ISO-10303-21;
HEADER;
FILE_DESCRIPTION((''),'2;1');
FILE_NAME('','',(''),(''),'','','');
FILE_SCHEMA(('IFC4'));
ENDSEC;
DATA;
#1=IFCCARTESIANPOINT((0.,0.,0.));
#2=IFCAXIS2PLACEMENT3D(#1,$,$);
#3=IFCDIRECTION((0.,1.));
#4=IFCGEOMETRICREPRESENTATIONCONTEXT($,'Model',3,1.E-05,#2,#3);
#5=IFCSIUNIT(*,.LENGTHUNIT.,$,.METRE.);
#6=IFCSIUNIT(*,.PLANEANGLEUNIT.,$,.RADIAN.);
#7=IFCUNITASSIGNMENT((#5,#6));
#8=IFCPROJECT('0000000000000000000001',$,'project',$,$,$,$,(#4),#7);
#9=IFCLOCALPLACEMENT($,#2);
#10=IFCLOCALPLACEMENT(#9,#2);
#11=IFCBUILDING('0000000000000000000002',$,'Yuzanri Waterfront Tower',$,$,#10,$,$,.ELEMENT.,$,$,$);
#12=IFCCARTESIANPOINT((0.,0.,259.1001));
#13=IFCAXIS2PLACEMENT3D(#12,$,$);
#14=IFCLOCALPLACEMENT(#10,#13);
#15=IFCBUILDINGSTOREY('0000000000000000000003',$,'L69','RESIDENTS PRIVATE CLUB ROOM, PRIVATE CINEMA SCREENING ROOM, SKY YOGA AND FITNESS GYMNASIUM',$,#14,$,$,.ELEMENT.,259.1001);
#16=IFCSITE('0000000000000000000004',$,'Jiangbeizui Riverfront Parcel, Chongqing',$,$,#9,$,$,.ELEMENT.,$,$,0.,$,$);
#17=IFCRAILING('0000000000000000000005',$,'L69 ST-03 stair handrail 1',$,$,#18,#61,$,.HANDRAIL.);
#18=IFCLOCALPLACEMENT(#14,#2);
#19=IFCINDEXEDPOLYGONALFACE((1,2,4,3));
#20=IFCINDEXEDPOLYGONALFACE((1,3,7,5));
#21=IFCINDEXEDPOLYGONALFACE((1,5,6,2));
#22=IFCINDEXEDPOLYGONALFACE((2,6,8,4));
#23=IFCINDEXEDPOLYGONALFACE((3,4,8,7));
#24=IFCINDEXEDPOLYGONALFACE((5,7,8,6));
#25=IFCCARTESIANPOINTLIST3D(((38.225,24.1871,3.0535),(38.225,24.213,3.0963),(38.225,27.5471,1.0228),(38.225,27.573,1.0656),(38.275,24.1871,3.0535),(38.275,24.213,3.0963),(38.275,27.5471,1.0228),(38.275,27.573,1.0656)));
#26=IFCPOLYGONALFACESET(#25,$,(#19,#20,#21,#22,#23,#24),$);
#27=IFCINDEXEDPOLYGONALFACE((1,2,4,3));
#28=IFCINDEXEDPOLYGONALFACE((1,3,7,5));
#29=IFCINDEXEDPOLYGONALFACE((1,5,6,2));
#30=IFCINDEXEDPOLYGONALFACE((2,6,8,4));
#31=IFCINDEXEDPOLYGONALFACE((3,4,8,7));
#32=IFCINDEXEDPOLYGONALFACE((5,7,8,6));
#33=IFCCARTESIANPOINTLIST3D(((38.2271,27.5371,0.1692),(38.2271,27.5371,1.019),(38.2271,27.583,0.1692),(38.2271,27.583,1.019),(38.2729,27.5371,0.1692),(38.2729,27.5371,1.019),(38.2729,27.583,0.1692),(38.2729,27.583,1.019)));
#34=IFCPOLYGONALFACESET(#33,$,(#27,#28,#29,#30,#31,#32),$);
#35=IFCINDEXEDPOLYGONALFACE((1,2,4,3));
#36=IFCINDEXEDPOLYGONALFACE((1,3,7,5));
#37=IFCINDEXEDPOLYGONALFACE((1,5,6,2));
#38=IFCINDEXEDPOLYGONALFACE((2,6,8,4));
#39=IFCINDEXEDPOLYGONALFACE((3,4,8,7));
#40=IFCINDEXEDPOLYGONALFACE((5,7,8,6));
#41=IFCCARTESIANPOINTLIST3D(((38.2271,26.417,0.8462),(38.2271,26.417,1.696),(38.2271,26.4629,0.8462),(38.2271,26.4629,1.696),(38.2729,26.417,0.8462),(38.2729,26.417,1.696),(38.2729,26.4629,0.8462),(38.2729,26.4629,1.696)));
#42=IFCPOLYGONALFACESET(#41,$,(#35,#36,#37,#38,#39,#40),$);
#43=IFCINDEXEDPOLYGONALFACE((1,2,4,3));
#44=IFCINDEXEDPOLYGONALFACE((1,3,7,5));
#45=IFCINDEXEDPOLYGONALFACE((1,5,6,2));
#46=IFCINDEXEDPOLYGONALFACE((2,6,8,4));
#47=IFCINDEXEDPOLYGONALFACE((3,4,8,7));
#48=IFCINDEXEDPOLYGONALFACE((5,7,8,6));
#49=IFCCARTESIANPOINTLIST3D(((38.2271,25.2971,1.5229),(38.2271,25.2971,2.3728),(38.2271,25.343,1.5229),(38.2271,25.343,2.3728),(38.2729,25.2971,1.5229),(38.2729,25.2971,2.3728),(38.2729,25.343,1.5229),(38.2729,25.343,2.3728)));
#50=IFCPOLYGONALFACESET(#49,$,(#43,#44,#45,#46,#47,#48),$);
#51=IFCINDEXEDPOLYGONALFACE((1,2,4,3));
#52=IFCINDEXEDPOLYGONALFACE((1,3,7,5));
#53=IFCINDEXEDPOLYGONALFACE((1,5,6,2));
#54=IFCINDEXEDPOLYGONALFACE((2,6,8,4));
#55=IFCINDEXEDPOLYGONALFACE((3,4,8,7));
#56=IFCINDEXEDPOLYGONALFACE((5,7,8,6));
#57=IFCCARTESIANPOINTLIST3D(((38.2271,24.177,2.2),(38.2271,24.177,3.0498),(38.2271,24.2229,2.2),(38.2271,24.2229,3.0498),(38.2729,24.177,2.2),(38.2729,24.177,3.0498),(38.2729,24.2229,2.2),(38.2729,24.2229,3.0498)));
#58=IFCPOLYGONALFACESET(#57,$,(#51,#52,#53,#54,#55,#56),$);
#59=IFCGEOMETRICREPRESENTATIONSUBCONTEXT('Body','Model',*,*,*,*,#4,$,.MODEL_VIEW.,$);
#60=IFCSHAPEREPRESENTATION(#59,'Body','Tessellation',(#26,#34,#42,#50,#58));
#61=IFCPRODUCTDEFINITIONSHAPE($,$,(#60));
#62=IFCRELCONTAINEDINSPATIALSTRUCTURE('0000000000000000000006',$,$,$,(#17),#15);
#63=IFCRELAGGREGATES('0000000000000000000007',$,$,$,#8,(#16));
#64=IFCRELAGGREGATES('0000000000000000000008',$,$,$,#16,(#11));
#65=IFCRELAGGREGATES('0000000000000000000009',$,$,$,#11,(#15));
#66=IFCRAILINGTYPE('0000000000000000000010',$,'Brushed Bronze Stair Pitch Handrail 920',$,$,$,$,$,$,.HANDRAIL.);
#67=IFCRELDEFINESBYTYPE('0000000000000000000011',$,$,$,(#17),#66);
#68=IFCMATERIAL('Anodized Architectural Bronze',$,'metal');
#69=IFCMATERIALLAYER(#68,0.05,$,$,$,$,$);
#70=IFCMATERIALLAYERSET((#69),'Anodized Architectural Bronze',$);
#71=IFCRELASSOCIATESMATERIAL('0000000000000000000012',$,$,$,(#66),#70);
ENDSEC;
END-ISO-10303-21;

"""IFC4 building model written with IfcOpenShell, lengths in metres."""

from ifc_helpers import new_model, si_unit, direction, frame, origin, origin_2d, place, context, subcontext, project, spatial, rectangle, extrude, source, transform, mapped, material, layer, layer_set, type_object, element, save


model = new_model("IFC4")

# Units and contexts
model_context = context("Model", 3, precision=1e-05, world=origin(), true_north=direction((0.0, 1.0)))
body_context = subcontext(model_context, "Body", "Model", "MODEL_VIEW")
ifc_project = project(units=[si_unit("LENGTHUNIT", "METRE"), si_unit("PLANEANGLEUNIT", "RADIAN")], contexts=[model_context])

# Site, building, storey
site_placement = place(None, origin())
site = spatial("IfcSite", under=ifc_project, at=site_placement, Name="Jiangbeizui Riverfront Parcel, Chongqing", CompositionType="ELEMENT", RefElevation=0.0)
building_placement = place(site_placement, origin())
building = spatial("IfcBuilding", under=site, at=building_placement, Name="Yuzanri Waterfront Tower", CompositionType="ELEMENT")
storey_placement = place(building_placement, frame((0.0, 0.0, 259.1001)))
storey = spatial("IfcBuildingStorey", under=building, at=storey_placement, Name="L69", Description="RESIDENTS PRIVATE CLUB ROOM, PRIVATE CINEMA SCREENING ROOM, SKY YOGA AND FITNESS GYMNASIUM", CompositionType="ELEMENT", Elevation=259.1001)

# Railing
ifc_material_1 = material(Name="Anodized Architectural Bronze", Category="metal")
ifc_layer_1 = layer(ifc_material_1, 0.05)
ifc_layer_set_1 = layer_set([ifc_layer_1], Name="Anodized Architectural Bronze")
railing_type_1 = type_object("IfcRailingType", Name="Brushed Bronze Stair Pitch Handrail 920", PredefinedType="HANDRAIL", material=ifc_layer_set_1)
shared_shape_1 = source(origin(), body_context, "Body", "SweptSolid", [
    extrude(rectangle(XDim=0.05, YDim=0.05, at=origin_2d()), frame((0.0, 0.0, 0.875), z_axis=(0.0, -0.855837, 0.517246), x_axis=(1.0, 0.0, 0.0)), (0.0, 0.0, 1.0), 3.926),
    extrude(rectangle(XDim=0.0459, YDim=0.0459, at=origin_2d()), origin(), (0.0, 0.0, 1.0), 0.8499),
    extrude(rectangle(XDim=0.0459, YDim=0.0459, at=origin_2d()), frame((0.0, -1.1201, 0.677)), (0.0, 0.0, 1.0), 0.8499),
    extrude(rectangle(XDim=0.0459, YDim=0.0459, at=origin_2d()), frame((0.0, -2.24, 1.3538)), (0.0, 0.0, 1.0), 0.8499),
    extrude(rectangle(XDim=0.0459, YDim=0.0459, at=origin_2d()), frame((0.0, -3.3601, 2.0308)), (0.0, 0.0, 1.0), 0.8499),
])
railing_1_placement = place(storey_placement, frame((38.25, 27.5601, 0.1692)))
element("IfcRailing", 1, at=railing_1_placement, inside=storey, type_object=railing_type_1, Name="L69 ST-03 stair handrail 1", PredefinedType="HANDRAIL", context=body_context, shape_type="MappedRepresentation", body=[
    mapped(shared_shape_1, transform((0.0, 0.0, 0.0), scale=1.0)),
])

save(model, "model.ifc")
